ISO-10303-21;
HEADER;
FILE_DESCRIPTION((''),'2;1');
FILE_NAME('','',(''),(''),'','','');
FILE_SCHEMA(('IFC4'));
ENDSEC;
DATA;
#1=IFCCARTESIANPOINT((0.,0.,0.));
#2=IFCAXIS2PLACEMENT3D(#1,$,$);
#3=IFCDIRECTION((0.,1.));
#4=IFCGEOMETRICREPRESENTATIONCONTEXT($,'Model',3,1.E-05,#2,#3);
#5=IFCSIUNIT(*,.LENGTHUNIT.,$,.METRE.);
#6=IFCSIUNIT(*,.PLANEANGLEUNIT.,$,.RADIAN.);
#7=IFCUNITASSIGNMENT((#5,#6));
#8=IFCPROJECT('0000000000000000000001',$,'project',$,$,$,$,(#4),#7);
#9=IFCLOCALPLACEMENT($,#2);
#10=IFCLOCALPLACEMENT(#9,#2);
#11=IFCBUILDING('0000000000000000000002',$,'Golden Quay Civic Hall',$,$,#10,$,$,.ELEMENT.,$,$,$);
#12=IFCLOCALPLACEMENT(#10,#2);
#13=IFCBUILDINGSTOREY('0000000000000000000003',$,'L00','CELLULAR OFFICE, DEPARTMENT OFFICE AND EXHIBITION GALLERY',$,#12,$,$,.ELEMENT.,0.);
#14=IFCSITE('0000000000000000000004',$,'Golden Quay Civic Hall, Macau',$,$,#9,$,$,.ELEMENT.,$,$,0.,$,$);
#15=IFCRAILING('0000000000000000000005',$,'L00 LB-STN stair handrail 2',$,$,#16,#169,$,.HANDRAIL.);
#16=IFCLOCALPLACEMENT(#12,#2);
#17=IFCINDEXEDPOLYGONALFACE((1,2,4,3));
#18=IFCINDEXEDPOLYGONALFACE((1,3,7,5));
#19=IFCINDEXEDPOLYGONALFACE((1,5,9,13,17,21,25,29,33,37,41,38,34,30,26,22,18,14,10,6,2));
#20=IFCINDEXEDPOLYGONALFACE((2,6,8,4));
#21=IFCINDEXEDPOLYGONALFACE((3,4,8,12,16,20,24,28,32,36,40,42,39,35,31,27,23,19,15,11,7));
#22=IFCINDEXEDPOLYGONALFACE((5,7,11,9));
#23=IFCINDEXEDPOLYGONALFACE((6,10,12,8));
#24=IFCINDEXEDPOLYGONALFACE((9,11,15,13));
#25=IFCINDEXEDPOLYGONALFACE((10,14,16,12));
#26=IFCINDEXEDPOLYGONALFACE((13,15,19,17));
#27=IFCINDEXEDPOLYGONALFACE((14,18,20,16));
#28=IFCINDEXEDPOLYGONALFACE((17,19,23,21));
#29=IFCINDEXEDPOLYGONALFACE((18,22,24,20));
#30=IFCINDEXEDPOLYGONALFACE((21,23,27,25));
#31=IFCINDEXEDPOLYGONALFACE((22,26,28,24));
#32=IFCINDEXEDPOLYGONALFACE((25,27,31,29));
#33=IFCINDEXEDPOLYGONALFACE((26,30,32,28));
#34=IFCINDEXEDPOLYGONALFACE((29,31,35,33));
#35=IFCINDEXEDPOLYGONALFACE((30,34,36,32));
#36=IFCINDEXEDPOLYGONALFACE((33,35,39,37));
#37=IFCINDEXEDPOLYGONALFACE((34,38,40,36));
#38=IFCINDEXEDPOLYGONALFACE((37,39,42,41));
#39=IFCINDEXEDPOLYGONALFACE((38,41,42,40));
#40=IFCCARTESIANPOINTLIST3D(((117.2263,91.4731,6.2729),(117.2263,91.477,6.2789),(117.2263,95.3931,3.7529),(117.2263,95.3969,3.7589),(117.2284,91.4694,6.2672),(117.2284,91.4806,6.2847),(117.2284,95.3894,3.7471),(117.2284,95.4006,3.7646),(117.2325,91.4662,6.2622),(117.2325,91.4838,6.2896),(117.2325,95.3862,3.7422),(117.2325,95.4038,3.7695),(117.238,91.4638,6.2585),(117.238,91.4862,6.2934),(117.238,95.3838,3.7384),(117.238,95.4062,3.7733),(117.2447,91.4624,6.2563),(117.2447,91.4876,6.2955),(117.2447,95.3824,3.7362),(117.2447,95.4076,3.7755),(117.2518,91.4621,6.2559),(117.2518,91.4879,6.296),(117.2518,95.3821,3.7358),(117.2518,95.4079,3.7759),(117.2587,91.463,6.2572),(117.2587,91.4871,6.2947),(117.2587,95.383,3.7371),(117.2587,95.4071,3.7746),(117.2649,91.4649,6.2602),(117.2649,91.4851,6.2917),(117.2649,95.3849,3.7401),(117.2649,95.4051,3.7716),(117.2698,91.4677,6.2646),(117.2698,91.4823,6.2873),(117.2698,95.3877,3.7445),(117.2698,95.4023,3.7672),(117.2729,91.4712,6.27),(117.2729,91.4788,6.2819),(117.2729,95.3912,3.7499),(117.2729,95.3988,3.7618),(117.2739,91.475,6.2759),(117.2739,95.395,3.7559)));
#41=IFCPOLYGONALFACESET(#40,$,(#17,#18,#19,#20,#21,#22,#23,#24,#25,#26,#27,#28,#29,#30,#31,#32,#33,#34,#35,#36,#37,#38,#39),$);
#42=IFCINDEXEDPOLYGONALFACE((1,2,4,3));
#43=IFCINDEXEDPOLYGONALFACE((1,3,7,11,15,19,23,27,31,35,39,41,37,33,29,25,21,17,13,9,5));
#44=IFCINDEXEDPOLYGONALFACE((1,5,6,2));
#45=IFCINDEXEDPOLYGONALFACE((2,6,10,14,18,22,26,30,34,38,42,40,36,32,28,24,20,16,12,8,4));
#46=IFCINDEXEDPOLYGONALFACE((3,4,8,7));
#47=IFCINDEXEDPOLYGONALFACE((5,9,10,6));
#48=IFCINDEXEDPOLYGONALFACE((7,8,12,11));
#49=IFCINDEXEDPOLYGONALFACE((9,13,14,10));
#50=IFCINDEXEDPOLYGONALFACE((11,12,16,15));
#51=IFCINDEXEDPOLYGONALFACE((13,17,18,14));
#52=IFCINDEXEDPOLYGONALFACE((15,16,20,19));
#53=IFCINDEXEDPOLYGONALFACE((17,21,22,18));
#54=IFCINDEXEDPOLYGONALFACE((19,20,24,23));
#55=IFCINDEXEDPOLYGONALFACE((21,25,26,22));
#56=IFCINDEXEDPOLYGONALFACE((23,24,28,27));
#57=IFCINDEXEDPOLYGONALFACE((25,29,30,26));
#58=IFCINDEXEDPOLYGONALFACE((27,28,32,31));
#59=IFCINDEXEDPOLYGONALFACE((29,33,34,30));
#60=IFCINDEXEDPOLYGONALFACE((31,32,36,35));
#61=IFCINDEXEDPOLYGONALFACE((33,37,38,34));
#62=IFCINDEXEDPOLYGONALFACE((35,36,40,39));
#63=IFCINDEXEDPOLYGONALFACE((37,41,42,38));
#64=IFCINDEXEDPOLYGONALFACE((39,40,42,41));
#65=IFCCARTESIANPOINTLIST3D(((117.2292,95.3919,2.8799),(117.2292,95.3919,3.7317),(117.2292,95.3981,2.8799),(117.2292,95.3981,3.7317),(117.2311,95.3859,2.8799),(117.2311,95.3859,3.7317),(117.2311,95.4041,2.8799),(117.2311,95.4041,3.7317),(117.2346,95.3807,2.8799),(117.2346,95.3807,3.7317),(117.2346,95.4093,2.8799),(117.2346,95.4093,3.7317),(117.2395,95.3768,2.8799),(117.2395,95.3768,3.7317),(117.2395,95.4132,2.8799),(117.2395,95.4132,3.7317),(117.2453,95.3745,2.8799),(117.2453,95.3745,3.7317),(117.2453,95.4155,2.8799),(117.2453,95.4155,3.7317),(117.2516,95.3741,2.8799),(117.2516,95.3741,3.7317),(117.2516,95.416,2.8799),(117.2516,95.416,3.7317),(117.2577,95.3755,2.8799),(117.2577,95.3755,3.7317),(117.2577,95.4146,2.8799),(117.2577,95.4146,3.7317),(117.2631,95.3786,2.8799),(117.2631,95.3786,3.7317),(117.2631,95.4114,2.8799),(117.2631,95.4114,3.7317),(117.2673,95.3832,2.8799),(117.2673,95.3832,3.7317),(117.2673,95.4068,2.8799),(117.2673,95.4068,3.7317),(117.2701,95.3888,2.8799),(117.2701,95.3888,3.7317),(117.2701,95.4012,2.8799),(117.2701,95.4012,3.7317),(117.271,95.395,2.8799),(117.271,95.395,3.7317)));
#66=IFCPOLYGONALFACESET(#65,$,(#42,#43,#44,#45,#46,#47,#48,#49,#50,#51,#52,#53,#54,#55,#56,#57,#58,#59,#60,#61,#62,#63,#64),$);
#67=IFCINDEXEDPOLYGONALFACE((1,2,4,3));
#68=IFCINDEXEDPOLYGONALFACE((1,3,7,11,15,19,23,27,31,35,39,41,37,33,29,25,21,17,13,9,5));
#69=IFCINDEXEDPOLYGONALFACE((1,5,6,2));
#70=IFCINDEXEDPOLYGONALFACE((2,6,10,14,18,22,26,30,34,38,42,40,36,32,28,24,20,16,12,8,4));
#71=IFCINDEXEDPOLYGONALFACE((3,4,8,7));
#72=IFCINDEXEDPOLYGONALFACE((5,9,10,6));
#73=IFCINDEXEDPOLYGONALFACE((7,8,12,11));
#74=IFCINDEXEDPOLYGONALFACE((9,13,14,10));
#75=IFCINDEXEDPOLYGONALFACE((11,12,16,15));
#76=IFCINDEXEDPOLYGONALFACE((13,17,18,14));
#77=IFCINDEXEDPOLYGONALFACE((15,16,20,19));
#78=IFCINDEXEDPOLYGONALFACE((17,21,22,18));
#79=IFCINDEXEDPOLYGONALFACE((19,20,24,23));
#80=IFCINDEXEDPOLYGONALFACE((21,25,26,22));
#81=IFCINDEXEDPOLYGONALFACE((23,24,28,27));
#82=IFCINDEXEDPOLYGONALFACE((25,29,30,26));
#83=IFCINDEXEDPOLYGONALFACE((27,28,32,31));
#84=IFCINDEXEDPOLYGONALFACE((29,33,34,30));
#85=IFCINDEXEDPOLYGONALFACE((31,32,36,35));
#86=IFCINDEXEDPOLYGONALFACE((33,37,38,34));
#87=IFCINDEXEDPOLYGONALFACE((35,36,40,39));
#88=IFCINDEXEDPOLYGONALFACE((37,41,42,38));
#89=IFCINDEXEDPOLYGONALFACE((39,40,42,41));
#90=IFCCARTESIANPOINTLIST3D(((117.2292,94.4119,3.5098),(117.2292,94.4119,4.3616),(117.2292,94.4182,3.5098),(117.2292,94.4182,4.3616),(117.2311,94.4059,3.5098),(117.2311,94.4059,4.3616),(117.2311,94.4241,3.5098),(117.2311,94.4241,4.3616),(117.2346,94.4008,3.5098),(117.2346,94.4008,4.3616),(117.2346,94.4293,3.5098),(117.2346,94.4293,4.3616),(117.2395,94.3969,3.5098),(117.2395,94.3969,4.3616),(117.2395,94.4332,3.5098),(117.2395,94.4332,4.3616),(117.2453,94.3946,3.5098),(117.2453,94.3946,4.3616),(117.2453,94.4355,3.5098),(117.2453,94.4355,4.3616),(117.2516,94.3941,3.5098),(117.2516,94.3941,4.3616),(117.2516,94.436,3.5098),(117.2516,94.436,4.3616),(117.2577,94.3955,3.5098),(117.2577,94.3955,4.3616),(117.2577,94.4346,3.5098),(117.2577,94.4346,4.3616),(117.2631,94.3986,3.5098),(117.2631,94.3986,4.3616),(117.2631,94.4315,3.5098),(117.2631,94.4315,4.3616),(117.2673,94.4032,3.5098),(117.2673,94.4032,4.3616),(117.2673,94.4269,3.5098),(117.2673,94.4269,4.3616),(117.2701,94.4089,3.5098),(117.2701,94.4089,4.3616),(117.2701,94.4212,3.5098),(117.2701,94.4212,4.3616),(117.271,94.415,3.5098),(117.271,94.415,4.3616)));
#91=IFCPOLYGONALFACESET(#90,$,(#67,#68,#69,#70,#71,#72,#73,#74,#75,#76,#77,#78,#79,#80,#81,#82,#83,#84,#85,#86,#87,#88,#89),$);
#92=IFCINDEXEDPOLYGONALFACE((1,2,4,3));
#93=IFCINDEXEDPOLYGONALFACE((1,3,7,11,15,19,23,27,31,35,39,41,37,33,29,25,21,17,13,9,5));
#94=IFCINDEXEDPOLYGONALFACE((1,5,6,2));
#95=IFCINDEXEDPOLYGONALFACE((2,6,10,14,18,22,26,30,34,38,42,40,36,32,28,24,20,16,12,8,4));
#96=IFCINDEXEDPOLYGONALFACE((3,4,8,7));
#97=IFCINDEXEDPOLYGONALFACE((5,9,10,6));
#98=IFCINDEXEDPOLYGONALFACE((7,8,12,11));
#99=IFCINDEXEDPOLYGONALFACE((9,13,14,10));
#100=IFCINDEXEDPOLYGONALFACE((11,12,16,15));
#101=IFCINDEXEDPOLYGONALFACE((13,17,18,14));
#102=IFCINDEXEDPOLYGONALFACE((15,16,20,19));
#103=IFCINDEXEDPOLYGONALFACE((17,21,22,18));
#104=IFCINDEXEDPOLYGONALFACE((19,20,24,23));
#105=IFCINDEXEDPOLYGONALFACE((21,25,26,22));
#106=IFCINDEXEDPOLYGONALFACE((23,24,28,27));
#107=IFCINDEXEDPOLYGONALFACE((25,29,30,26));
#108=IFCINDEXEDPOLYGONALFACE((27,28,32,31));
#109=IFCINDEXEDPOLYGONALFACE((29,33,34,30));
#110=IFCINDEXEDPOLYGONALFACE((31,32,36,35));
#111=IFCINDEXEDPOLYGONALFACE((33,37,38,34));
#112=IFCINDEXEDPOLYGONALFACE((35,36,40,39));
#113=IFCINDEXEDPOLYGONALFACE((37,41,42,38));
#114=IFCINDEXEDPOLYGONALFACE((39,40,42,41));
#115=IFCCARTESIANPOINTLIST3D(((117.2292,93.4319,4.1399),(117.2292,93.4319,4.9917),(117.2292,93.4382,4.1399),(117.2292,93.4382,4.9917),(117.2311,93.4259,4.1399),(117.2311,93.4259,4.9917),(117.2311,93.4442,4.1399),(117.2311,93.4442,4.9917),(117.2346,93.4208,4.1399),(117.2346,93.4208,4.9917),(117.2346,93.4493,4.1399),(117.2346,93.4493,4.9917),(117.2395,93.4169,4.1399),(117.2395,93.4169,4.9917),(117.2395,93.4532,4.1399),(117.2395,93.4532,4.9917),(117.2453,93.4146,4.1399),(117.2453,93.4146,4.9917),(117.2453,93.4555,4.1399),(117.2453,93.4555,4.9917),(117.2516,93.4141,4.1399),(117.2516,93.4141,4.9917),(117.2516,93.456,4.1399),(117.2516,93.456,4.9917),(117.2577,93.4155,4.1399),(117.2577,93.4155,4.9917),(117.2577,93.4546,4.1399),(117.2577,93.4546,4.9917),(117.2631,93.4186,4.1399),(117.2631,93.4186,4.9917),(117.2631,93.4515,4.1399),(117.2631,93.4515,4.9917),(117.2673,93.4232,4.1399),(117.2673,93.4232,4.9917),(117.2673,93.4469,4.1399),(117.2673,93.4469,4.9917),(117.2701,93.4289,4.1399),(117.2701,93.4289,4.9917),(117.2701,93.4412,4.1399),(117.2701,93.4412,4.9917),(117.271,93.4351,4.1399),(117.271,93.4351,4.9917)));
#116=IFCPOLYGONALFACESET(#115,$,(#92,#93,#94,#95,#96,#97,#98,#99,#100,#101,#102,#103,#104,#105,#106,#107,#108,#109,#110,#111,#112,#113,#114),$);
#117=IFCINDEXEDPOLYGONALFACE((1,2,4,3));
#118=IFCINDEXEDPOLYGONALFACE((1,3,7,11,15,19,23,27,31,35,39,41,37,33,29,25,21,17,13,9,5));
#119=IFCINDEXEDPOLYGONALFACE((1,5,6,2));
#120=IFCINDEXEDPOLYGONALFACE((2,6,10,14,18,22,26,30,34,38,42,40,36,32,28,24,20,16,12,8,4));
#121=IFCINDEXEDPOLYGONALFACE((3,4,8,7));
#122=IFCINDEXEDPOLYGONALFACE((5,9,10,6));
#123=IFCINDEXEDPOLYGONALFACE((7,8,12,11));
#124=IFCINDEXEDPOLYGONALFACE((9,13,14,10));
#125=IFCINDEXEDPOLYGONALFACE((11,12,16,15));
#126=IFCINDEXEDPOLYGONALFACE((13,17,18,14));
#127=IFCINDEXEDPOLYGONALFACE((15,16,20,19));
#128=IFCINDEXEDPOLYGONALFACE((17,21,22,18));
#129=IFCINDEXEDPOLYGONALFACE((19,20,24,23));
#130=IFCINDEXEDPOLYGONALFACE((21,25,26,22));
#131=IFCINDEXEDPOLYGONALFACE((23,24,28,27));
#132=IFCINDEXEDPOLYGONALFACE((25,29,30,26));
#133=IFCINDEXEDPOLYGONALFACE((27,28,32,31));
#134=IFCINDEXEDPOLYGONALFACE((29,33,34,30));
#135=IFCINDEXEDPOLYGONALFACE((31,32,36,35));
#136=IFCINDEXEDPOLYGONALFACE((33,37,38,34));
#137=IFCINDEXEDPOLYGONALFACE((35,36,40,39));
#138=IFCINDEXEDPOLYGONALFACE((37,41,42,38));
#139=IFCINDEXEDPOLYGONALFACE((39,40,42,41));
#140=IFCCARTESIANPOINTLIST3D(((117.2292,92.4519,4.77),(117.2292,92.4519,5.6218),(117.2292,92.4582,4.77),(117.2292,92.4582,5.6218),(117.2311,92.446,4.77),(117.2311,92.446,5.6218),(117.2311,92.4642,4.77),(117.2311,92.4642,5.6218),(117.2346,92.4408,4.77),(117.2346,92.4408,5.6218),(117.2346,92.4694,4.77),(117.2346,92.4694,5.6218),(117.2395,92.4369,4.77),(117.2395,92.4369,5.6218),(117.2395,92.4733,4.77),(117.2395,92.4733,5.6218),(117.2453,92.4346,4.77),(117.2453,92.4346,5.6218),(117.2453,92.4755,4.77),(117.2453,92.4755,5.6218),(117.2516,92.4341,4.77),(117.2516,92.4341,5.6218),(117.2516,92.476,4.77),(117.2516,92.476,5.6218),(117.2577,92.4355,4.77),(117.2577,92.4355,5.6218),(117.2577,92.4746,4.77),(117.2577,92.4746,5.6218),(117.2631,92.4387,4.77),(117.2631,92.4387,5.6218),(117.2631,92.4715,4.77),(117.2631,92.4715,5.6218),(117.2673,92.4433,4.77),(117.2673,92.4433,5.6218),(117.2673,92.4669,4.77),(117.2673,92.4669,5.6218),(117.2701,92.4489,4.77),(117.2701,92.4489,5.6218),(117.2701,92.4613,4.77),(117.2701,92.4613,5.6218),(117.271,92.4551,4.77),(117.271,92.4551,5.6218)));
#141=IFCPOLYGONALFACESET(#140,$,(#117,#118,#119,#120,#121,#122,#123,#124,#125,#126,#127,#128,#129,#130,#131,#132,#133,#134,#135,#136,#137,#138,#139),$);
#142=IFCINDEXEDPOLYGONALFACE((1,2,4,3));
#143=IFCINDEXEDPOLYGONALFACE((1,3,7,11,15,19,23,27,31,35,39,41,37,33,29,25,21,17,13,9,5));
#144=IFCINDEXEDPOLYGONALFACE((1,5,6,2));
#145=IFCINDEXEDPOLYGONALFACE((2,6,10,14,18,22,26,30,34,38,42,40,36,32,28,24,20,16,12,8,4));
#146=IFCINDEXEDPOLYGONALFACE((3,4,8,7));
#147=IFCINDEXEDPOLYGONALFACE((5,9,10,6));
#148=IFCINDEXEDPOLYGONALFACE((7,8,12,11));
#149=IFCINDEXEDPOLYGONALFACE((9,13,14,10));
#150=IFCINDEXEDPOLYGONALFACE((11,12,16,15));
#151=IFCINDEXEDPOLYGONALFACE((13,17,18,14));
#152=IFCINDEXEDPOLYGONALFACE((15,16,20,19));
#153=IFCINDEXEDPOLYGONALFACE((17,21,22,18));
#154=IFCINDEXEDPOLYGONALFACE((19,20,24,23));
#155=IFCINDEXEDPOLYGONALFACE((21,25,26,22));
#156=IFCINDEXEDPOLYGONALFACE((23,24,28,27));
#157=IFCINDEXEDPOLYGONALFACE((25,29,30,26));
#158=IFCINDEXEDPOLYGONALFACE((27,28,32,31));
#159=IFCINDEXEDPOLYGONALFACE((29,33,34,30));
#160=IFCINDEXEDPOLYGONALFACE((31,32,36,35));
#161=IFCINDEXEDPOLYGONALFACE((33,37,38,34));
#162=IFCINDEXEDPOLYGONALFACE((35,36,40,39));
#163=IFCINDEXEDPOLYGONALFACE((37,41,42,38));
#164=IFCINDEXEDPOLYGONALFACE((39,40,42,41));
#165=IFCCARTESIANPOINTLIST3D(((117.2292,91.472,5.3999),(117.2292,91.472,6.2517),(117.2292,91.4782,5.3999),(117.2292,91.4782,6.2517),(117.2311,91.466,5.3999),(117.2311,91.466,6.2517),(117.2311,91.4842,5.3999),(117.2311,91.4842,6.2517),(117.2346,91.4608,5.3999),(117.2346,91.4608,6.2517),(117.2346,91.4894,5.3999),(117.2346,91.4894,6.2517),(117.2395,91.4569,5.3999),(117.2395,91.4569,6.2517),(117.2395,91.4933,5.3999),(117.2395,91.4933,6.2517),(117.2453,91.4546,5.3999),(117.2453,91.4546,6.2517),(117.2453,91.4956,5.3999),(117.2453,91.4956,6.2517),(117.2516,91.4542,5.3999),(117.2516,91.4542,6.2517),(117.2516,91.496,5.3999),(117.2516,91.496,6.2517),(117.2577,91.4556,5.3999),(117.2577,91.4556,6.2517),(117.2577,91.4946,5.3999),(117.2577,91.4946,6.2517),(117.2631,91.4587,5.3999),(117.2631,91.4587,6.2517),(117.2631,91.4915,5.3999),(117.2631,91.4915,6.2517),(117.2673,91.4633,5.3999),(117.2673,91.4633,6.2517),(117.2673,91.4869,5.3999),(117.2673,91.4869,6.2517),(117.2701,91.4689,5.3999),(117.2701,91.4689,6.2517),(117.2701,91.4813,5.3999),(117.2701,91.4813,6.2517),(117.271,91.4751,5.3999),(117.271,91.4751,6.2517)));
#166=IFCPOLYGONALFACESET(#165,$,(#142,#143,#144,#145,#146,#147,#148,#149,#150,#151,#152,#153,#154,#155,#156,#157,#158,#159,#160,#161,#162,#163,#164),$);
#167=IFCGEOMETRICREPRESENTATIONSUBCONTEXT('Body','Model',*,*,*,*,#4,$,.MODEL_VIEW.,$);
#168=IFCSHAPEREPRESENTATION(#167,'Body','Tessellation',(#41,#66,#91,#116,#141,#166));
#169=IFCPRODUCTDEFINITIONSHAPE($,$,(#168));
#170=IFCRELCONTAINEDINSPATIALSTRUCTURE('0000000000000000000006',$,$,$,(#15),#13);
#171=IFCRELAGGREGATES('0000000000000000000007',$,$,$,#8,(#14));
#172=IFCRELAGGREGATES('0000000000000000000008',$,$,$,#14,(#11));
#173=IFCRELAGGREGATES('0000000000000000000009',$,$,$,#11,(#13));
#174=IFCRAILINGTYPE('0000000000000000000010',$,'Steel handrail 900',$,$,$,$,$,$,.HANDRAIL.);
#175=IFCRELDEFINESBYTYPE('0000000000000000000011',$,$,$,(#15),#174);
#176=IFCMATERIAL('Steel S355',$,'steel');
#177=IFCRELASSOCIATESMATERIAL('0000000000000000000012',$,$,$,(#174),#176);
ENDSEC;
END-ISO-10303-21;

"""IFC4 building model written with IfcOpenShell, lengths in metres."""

from ifc_helpers import new_model, si_unit, direction, frame, origin, origin_2d, place, context, subcontext, project, spatial, circle, extrude, material, type_object, element, save


model = new_model("IFC4")

# Units and contexts
model_context = context("Model", 3, precision=1e-05, world=origin(), true_north=direction((0.0, 1.0)))
body_context = subcontext(model_context, "Body", "Model", "MODEL_VIEW")
ifc_project = project(units=[si_unit("LENGTHUNIT", "METRE"), si_unit("PLANEANGLEUNIT", "RADIAN")], contexts=[model_context])

# Site, building, storey
site_placement = place(None, origin())
site = spatial("IfcSite", under=ifc_project, at=site_placement, Name="Golden Quay Civic Hall, Macau", CompositionType="ELEMENT", RefElevation=0.0)
building_placement = place(site_placement, origin())
building = spatial("IfcBuilding", under=site, at=building_placement, Name="Golden Quay Civic Hall", CompositionType="ELEMENT")
storey_placement = place(building_placement, origin())
storey = spatial("IfcBuildingStorey", under=building, at=storey_placement, Name="L00", Description="CELLULAR OFFICE, DEPARTMENT OFFICE AND EXHIBITION GALLERY", CompositionType="ELEMENT", Elevation=0.0)

# Railing
ifc_material_1 = material(Name="Steel S355", Category="steel")
railing_type_1 = type_object("IfcRailingType", Name="Steel handrail 900", PredefinedType="HANDRAIL", material=ifc_material_1)
railing_1_placement = place(storey_placement, frame((117.25, 95.395, 2.8799)))
element("IfcRailing", 1, at=railing_1_placement, inside=storey, type_object=railing_type_1, Name="L00 LB-STN stair handrail 2", PredefinedType="HANDRAIL", context=body_context, shape_type="SweptSolid", body=[
    extrude(circle(Radius=0.0239, at=origin_2d()), frame((0.0, 0.0, 0.876), z_axis=(0.0, -0.841172, 0.540768), x_axis=(1.0, 0.0, 0.0)), (0.0, 0.0, 1.0), 4.6602),
    extrude(circle(Radius=0.021, at=origin_2d()), origin(), (0.0, 0.0, 1.0), 0.8518),
    extrude(circle(Radius=0.021, at=origin_2d()), frame((0.0, -0.98, 0.6299)), (0.0, 0.0, 1.0), 0.8518),
    extrude(circle(Radius=0.021, at=origin_2d()), frame((0.0, -1.96, 1.26)), (0.0, 0.0, 1.0), 0.8518),
    extrude(circle(Radius=0.021, at=origin_2d()), frame((0.0, -2.9399, 1.8901)), (0.0, 0.0, 1.0), 0.8518),
    extrude(circle(Radius=0.021, at=origin_2d()), frame((0.0, -3.9199, 2.52)), (0.0, 0.0, 1.0), 0.8518),
])

save(model, "model.ifc")
